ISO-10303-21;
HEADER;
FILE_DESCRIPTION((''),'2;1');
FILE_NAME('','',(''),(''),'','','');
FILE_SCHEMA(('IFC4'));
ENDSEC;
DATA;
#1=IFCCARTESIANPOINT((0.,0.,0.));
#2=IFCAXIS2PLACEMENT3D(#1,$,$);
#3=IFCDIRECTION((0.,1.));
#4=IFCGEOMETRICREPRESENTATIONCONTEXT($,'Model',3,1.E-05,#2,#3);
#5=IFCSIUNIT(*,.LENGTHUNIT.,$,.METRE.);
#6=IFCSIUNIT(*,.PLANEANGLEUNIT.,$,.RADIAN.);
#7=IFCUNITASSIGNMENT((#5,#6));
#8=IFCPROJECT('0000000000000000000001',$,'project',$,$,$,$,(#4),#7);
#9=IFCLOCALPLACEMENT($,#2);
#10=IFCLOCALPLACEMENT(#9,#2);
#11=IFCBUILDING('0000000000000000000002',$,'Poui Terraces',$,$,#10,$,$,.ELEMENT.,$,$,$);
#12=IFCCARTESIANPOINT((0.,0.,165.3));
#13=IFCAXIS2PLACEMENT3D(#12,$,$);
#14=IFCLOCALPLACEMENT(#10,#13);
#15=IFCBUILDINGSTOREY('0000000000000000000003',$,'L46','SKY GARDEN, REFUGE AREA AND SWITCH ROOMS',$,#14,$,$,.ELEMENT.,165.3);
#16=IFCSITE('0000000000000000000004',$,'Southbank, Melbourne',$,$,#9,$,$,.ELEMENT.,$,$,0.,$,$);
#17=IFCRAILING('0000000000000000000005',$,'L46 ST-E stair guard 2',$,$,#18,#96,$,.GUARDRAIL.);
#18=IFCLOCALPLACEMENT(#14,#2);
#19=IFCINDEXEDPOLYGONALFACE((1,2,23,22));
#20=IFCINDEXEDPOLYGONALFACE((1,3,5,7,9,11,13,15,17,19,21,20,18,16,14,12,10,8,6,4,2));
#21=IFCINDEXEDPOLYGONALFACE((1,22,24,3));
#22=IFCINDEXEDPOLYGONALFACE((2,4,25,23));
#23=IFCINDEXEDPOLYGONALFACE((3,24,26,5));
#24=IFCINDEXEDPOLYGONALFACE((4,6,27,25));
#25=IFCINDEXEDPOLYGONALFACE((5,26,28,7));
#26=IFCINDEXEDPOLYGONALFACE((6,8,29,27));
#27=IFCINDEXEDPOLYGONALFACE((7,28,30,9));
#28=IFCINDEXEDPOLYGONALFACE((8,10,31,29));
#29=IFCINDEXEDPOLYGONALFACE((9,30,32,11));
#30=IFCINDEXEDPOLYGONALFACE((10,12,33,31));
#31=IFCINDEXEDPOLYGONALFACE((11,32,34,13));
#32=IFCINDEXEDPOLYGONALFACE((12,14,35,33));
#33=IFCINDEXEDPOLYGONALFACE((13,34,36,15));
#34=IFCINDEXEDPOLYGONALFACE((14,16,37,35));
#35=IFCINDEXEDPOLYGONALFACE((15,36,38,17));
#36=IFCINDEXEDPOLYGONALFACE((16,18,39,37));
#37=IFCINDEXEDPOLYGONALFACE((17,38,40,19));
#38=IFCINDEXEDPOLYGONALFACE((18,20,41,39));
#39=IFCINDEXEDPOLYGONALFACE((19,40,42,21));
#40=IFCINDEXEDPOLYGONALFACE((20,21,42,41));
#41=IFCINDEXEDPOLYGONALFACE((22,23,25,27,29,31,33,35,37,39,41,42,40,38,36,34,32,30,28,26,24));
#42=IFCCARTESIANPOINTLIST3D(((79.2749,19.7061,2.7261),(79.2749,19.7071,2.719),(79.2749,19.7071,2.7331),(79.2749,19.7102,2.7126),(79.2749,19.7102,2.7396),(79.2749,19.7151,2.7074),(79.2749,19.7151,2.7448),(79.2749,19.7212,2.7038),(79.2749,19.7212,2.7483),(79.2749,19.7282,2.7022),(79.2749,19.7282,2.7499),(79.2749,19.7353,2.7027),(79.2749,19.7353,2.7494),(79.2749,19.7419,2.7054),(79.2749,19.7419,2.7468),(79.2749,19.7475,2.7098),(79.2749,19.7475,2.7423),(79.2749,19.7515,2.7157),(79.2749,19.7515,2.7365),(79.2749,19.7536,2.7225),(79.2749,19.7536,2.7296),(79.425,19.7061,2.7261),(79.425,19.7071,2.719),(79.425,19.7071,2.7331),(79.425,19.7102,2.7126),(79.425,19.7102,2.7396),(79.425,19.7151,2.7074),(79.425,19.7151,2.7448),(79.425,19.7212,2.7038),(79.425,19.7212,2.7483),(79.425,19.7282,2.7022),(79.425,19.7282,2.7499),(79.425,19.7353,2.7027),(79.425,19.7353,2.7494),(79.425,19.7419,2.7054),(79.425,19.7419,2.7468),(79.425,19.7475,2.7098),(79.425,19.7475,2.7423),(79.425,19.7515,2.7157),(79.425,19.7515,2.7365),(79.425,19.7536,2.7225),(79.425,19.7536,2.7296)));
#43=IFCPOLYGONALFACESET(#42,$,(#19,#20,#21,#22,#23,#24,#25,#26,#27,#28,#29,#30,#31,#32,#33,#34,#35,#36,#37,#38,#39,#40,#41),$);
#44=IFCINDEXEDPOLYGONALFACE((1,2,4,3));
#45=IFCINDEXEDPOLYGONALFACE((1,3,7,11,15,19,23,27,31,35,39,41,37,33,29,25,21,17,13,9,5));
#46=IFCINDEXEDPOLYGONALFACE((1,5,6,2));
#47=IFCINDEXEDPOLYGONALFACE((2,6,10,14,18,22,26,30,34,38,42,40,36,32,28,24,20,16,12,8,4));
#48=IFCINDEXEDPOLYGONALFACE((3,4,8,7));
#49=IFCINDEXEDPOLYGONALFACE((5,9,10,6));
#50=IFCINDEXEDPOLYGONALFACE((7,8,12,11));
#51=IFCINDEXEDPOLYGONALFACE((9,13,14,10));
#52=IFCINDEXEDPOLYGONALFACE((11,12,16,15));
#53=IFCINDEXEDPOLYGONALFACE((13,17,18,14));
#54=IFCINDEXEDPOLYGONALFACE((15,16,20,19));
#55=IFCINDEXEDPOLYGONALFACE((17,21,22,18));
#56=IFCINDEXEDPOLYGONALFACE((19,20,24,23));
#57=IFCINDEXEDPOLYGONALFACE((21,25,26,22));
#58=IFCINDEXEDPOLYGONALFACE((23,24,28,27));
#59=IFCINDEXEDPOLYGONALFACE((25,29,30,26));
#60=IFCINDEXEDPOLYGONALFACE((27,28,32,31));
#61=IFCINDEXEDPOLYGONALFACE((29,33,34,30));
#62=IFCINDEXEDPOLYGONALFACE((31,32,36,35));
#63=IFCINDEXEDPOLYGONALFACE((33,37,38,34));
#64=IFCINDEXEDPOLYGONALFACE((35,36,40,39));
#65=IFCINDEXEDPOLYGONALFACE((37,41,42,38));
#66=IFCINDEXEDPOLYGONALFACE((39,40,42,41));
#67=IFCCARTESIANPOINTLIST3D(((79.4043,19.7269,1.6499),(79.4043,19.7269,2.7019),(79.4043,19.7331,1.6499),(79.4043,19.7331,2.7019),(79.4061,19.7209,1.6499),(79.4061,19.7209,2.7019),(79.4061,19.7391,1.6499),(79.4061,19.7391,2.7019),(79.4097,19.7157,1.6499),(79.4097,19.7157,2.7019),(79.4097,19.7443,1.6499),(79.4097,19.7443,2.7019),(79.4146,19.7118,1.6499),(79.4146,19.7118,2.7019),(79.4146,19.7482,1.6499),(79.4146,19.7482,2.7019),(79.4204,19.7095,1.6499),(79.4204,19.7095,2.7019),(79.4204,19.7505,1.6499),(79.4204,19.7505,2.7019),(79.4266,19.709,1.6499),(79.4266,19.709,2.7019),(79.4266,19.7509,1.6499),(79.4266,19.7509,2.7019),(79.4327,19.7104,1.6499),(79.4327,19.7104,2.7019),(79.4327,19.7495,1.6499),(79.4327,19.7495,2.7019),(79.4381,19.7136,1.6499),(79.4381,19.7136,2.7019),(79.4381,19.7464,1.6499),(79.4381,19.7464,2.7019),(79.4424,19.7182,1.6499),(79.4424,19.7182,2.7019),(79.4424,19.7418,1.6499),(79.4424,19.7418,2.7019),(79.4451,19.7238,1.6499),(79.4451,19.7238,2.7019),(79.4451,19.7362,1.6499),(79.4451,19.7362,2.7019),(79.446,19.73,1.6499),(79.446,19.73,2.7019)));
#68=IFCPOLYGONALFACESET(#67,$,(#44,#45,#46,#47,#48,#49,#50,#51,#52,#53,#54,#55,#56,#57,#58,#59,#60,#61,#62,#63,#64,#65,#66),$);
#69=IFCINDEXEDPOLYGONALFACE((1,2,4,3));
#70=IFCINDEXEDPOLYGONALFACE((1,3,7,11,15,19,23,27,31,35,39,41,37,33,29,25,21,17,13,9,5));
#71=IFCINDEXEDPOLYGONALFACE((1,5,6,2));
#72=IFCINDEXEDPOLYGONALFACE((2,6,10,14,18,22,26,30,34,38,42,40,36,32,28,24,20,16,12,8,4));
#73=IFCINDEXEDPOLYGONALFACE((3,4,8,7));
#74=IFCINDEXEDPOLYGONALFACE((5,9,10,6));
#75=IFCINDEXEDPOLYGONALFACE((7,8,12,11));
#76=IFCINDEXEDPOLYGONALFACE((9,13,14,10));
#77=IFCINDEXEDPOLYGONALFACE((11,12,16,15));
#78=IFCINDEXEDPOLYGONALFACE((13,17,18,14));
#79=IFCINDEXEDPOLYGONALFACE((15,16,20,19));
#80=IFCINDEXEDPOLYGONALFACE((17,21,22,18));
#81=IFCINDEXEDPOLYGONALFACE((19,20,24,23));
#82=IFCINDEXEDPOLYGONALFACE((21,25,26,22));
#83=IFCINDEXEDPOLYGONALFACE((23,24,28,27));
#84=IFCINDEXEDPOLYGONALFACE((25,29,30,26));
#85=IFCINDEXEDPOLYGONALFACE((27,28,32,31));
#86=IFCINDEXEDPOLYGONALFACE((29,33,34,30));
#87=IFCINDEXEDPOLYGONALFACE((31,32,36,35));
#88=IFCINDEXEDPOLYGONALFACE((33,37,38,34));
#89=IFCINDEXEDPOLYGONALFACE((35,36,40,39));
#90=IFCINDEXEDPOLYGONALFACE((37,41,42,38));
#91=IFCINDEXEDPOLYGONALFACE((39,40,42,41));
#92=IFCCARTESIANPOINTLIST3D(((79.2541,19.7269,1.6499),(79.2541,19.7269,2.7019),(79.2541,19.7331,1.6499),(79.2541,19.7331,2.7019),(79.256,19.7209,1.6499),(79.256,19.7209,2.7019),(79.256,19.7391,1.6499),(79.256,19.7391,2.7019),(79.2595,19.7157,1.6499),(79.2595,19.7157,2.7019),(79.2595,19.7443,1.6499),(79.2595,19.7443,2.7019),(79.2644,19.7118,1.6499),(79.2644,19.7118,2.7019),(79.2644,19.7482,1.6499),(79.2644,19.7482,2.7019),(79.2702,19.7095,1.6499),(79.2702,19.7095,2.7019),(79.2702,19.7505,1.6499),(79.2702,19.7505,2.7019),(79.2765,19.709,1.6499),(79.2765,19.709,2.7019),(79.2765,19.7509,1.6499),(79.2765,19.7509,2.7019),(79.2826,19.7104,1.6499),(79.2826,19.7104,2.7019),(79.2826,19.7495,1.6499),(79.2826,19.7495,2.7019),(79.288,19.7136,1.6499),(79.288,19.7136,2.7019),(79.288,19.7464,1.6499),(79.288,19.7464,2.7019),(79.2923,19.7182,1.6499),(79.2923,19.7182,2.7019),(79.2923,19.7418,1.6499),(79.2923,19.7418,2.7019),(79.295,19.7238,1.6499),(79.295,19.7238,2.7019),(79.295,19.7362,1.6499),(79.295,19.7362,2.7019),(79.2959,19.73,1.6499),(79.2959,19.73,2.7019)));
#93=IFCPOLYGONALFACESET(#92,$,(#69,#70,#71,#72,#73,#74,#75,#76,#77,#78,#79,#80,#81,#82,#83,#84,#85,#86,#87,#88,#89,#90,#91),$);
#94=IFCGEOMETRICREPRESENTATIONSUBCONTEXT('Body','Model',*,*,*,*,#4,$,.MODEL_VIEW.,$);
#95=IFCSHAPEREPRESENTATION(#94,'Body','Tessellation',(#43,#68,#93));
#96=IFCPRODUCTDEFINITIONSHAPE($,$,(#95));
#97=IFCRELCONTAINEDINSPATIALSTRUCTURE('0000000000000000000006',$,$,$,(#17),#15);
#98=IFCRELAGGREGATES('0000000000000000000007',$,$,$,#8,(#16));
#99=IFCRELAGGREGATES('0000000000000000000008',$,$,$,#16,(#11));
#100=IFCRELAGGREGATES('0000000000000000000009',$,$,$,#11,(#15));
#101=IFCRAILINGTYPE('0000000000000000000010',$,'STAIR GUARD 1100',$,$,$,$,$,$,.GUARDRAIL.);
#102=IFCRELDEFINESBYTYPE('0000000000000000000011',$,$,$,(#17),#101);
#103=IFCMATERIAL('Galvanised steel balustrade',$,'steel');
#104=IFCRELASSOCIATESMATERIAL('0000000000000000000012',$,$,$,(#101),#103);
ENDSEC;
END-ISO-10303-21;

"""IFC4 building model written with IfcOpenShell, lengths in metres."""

from ifc_helpers import new_model, si_unit, direction, frame, origin, origin_2d, place, context, subcontext, project, spatial, circle, extrude, material, type_object, element, save


model = new_model("IFC4")

# Units and contexts
model_context = context("Model", 3, precision=1e-05, world=origin(), true_north=direction((0.0, 1.0)))
body_context = subcontext(model_context, "Body", "Model", "MODEL_VIEW")
ifc_project = project(units=[si_unit("LENGTHUNIT", "METRE"), si_unit("PLANEANGLEUNIT", "RADIAN")], contexts=[model_context])

# Site, building, storey
site_placement = place(None, origin())
site = spatial("IfcSite", under=ifc_project, at=site_placement, Name="Southbank, Melbourne", CompositionType="ELEMENT", RefElevation=0.0)
building_placement = place(site_placement, origin())
building = spatial("IfcBuilding", under=site, at=building_placement, Name="Poui Terraces", CompositionType="ELEMENT")
storey_placement = place(building_placement, frame((0.0, 0.0, 165.3)))
storey = spatial("IfcBuildingStorey", under=building, at=storey_placement, Name="L46", Description="SKY GARDEN, REFUGE AREA AND SWITCH ROOMS", CompositionType="ELEMENT", Elevation=165.3)

# Railing
ifc_material_1 = material(Name="Galvanised steel balustrade", Category="steel")
railing_type_1 = type_object("IfcRailingType", Name="STAIR GUARD 1100", PredefinedType="GUARDRAIL", material=ifc_material_1)
railing_1_placement = place(storey_placement, frame((79.425, 19.73, 1.6499)))
element("IfcRailing", 1, at=railing_1_placement, inside=storey, type_object=railing_type_1, Name="L46 ST-E stair guard 2", PredefinedType="GUARDRAIL", context=body_context, shape_type="SweptSolid", body=[
    extrude(circle(Radius=0.0239, at=origin_2d()), frame((0.0, 0.0, 1.0762), z_axis=(-1.0, 0.0, 0.0), x_axis=(0.0, -1.0, 0.0)), (0.0, 0.0, 1.0), 0.1501),
    extrude(circle(Radius=0.021, at=origin_2d()), origin(), (0.0, 0.0, 1.0), 1.052),
    extrude(circle(Radius=0.021, at=origin_2d()), frame((-0.1501, 0.0, 0.0)), (0.0, 0.0, 1.0), 1.052),
])

save(model, "model.ifc")
